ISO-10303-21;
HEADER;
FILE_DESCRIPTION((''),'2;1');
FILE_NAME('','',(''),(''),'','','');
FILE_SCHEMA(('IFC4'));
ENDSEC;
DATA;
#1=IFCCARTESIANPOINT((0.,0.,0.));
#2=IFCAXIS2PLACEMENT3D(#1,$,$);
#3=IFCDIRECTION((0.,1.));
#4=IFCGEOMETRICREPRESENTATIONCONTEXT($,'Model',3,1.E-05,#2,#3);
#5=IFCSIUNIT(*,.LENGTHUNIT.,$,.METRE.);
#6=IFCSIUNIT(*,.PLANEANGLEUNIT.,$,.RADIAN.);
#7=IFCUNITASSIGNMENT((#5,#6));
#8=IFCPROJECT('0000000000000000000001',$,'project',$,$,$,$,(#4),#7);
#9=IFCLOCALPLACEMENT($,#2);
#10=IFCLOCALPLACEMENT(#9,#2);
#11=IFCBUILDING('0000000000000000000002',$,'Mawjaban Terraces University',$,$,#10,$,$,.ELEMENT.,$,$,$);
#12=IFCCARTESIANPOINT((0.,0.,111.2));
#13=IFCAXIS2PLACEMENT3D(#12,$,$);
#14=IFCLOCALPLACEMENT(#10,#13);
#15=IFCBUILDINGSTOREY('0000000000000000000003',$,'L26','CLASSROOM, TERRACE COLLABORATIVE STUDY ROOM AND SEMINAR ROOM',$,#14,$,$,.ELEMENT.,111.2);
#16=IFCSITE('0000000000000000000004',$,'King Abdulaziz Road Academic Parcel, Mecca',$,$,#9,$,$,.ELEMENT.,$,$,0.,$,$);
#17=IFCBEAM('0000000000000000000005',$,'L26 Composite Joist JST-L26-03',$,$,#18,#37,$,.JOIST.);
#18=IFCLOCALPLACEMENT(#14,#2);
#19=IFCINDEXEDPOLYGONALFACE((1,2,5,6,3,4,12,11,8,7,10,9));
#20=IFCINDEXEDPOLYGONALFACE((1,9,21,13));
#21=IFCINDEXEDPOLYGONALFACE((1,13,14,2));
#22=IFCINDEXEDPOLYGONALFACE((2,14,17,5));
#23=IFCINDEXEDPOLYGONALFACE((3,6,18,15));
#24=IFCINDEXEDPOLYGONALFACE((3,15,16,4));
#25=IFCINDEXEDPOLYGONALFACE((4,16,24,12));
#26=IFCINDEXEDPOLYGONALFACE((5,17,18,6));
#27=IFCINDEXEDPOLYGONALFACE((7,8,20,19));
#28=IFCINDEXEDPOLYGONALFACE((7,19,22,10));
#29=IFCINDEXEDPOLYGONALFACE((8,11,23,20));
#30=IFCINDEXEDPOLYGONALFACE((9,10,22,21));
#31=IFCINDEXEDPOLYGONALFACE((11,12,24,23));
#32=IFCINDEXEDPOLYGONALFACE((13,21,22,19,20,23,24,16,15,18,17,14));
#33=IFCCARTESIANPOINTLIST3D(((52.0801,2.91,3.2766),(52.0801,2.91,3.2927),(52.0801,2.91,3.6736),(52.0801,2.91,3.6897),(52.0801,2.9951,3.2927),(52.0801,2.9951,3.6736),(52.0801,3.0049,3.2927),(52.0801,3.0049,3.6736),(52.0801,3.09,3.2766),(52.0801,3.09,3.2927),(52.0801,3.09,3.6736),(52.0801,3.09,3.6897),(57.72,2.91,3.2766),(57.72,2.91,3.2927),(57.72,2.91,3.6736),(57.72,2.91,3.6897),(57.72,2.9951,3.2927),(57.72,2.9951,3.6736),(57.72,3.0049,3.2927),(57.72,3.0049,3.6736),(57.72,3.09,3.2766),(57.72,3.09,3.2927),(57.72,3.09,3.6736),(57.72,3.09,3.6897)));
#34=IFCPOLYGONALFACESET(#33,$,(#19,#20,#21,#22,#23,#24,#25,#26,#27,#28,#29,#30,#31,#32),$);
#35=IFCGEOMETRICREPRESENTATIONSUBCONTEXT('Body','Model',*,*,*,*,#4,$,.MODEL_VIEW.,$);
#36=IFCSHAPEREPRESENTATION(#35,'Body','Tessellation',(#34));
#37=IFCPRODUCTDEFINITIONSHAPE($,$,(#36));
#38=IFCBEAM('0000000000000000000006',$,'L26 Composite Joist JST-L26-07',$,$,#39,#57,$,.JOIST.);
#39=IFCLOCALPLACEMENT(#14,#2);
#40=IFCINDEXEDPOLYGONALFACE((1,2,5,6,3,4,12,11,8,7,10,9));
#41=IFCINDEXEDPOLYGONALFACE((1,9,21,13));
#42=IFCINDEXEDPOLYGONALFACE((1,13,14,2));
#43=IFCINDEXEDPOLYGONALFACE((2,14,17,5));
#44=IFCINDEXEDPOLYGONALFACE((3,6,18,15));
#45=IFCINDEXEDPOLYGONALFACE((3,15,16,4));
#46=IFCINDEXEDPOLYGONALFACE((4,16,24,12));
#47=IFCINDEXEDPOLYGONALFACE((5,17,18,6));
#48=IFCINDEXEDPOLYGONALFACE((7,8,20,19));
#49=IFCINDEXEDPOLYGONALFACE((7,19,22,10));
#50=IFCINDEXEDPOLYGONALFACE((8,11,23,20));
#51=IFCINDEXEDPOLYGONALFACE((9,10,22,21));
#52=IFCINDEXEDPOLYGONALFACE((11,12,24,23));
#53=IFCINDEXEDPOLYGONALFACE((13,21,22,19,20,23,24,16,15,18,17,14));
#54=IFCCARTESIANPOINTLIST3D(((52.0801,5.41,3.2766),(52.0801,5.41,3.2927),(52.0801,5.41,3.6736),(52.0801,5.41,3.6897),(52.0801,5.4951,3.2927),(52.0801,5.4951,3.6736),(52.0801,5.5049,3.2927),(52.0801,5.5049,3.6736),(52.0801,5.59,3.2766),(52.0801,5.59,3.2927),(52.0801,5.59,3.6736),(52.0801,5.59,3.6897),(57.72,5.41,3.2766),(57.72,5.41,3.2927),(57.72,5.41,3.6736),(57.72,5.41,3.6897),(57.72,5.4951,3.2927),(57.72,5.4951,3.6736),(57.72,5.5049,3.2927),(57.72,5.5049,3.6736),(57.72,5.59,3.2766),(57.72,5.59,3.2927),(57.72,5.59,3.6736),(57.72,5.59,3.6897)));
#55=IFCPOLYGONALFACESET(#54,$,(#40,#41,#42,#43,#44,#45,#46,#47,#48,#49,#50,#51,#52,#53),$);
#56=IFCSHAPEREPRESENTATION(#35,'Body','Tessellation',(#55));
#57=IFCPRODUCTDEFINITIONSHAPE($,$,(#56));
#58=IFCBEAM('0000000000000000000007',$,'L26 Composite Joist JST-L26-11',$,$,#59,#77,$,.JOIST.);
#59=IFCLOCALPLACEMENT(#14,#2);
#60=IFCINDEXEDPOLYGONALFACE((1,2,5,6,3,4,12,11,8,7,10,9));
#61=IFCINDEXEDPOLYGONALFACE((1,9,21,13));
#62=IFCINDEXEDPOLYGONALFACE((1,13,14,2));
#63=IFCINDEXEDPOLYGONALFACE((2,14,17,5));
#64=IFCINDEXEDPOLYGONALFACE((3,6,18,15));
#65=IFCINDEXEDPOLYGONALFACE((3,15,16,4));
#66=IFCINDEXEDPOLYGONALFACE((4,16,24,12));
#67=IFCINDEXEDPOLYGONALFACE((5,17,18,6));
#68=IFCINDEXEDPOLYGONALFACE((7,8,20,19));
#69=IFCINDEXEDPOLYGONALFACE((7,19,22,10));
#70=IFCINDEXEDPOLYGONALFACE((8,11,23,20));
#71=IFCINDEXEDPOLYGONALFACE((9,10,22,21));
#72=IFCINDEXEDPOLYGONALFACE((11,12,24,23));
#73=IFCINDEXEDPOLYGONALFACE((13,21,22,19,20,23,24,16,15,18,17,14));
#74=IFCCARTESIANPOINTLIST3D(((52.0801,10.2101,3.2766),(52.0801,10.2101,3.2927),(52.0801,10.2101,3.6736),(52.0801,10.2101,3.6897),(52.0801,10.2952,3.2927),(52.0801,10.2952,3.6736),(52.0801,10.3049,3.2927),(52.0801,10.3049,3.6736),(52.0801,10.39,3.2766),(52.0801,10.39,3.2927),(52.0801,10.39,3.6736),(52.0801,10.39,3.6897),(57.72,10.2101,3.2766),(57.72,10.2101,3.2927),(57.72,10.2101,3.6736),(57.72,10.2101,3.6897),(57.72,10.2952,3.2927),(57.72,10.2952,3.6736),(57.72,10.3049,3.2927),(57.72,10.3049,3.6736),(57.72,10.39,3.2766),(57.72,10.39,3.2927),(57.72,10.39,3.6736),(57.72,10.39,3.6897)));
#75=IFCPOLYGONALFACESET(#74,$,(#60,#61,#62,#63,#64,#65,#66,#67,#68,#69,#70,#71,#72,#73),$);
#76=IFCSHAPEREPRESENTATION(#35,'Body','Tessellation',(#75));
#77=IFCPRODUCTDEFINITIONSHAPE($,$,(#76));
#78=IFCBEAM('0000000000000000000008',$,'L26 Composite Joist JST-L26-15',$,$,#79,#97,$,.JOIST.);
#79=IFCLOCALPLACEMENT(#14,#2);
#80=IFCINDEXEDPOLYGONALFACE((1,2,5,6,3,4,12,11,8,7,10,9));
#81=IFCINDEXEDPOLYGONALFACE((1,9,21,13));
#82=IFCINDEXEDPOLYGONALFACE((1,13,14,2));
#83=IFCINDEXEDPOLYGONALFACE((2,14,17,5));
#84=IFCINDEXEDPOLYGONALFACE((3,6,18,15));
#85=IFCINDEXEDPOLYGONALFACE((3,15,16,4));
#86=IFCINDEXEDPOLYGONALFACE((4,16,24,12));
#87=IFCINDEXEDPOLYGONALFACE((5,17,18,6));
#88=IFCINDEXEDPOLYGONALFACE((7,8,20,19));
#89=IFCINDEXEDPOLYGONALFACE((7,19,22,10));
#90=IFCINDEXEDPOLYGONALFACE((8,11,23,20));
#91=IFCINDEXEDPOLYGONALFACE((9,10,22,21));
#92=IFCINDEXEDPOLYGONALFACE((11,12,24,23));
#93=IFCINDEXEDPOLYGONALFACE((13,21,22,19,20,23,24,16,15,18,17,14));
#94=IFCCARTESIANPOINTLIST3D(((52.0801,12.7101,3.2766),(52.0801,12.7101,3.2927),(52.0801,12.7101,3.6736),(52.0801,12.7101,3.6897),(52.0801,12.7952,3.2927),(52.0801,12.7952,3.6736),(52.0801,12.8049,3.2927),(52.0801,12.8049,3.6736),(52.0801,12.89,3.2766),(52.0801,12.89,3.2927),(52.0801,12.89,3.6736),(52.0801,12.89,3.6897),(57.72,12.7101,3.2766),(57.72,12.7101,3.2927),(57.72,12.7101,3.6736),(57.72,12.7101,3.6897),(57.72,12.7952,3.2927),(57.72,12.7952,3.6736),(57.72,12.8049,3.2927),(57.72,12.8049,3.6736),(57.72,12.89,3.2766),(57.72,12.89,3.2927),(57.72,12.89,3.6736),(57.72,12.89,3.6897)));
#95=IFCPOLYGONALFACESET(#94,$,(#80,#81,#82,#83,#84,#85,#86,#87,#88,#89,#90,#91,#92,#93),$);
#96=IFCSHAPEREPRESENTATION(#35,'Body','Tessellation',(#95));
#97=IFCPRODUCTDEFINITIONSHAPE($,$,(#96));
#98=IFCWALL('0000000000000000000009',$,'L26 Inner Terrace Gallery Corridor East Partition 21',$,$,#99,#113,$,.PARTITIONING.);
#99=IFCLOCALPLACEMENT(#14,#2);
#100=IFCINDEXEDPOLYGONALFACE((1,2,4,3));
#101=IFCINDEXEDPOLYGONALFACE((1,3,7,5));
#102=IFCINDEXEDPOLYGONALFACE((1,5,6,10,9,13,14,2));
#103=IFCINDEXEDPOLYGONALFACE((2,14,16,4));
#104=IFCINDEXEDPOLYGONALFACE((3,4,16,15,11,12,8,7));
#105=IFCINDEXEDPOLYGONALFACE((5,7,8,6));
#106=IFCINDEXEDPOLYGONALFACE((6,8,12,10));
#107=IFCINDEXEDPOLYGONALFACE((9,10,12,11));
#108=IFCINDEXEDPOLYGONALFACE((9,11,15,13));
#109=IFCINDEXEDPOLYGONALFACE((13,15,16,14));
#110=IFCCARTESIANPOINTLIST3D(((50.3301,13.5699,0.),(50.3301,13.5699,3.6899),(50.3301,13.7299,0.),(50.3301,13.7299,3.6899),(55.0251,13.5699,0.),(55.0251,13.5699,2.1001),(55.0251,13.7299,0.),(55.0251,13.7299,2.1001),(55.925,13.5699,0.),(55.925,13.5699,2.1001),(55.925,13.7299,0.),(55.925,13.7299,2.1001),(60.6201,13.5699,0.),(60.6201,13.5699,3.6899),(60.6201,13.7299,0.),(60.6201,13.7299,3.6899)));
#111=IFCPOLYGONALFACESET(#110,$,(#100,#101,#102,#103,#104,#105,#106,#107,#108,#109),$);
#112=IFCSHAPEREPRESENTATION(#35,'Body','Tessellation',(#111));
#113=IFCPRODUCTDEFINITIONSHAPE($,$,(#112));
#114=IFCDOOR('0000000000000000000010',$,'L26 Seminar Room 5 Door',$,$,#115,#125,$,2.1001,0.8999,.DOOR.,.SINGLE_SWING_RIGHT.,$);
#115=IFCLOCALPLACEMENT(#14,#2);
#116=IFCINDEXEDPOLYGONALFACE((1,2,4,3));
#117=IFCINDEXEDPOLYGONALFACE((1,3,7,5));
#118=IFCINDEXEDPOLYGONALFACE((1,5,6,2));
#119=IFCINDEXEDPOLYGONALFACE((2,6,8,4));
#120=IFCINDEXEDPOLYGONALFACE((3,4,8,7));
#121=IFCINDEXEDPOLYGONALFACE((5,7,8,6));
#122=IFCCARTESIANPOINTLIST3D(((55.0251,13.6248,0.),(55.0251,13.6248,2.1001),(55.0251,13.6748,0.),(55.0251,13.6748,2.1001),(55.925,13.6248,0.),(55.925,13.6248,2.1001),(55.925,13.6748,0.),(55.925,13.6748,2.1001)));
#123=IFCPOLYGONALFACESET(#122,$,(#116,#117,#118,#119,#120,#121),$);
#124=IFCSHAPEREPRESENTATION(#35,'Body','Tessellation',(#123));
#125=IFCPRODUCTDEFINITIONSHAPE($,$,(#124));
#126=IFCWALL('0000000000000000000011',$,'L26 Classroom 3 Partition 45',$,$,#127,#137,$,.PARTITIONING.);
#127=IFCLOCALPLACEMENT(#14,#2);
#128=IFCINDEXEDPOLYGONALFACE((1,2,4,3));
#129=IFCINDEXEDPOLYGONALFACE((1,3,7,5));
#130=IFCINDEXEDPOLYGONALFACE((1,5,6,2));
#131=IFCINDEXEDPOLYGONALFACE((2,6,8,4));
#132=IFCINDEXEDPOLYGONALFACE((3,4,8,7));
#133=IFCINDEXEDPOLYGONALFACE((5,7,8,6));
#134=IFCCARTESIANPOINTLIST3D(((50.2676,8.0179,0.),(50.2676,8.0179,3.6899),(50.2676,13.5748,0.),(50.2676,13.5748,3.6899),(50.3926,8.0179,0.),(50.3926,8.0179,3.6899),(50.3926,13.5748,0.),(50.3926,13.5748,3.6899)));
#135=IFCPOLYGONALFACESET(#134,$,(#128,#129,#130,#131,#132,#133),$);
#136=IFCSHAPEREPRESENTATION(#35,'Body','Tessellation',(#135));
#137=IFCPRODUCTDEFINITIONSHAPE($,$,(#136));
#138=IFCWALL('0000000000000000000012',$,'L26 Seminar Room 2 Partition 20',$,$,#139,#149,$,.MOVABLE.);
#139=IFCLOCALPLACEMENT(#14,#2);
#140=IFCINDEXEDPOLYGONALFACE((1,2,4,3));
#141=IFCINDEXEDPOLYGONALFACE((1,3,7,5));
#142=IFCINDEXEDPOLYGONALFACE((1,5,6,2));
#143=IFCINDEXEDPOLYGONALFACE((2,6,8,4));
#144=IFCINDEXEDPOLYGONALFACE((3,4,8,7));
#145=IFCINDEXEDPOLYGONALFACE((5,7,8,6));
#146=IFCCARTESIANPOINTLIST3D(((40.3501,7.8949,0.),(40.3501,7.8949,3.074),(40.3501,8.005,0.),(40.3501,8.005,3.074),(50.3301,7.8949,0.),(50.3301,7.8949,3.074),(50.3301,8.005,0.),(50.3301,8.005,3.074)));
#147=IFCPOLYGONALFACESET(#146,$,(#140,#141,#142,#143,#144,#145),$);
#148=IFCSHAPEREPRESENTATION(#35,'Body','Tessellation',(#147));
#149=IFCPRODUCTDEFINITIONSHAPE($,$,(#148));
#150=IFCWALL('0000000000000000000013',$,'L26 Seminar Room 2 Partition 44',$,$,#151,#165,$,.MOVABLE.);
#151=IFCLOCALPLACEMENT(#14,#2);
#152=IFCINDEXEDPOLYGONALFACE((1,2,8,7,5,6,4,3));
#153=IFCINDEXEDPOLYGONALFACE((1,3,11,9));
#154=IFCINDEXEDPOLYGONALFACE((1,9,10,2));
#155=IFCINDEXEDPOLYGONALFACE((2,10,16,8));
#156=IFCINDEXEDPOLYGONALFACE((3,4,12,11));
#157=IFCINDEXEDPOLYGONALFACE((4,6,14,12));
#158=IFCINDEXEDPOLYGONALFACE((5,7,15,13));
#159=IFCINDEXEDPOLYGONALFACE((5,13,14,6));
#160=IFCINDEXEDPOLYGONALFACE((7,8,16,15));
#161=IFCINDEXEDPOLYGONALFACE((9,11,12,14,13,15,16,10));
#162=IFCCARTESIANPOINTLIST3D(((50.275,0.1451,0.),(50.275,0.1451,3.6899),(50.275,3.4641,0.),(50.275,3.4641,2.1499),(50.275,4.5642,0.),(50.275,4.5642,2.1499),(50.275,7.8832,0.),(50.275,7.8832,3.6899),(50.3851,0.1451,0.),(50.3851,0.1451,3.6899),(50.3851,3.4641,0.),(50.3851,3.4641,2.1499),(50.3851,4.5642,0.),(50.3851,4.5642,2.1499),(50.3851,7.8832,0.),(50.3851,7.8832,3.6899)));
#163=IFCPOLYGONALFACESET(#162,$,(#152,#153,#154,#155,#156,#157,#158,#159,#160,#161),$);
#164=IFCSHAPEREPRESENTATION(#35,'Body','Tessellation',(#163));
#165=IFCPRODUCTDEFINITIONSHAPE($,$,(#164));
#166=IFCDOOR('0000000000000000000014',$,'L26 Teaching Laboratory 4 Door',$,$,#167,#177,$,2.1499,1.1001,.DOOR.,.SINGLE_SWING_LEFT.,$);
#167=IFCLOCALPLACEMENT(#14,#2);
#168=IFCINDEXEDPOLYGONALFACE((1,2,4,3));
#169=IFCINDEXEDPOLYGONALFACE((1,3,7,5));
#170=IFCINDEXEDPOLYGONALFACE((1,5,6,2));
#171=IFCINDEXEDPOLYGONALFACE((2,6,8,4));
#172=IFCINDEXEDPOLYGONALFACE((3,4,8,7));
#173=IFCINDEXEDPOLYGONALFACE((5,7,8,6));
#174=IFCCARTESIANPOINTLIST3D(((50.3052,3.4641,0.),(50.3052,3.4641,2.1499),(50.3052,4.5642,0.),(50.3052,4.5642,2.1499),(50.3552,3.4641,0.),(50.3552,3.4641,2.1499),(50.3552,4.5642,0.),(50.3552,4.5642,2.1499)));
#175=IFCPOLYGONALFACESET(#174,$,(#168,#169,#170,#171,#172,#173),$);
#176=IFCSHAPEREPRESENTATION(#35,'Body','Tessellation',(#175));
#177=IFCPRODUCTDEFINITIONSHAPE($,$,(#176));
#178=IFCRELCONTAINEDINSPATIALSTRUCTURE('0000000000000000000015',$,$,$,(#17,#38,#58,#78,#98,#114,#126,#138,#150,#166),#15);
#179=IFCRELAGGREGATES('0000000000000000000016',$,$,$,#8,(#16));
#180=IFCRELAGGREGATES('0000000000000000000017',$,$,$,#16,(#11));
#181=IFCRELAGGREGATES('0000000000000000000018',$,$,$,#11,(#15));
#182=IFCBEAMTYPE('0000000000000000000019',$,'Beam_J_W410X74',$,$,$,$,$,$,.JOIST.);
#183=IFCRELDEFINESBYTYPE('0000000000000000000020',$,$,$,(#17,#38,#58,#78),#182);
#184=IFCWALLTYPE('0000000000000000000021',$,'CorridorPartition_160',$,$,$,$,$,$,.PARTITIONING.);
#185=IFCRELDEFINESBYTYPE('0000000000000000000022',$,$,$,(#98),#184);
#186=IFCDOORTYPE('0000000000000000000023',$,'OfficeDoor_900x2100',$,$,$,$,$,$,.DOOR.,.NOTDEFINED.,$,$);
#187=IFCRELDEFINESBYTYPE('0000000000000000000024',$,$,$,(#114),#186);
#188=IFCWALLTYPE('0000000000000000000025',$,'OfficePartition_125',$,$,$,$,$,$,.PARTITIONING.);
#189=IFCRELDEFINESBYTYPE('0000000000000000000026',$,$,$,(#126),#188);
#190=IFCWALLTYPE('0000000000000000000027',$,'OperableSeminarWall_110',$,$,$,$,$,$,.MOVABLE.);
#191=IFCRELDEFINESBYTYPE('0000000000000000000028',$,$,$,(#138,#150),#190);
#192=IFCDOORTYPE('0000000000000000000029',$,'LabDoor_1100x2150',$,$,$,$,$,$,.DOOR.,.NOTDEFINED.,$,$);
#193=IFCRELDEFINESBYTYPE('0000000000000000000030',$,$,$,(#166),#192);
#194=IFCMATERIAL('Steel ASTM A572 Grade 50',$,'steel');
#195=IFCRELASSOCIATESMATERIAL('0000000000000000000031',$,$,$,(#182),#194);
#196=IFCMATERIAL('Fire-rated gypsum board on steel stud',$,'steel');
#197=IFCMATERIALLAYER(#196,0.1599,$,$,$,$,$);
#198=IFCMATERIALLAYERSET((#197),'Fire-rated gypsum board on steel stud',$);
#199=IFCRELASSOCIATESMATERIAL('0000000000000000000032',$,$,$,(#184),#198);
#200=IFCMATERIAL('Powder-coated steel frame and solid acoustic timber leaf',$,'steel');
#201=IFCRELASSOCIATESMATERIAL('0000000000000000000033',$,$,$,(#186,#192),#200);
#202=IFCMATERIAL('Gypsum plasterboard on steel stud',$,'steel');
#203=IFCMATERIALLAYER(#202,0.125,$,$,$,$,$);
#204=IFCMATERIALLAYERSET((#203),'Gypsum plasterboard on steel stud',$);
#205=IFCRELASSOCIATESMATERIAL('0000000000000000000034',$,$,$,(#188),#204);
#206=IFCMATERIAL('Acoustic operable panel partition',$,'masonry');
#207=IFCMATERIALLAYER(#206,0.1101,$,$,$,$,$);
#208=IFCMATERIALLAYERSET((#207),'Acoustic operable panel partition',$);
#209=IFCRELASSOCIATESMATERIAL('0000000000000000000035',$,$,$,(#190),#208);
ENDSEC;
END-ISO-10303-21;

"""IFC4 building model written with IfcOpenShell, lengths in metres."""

from ifc_helpers import new_model, si_unit, direction, frame, frame_2d, origin, origin_2d, place, context, subcontext, project, spatial, rectangle, i_section, extrude, material, layer, layer_set, material_profile, profile_set, type_object, element, fill, save


model = new_model("IFC4")

# Units and contexts
model_context = context("Model", 3, precision=1e-05, world=origin(), true_north=direction((0.0, 1.0)))
body_context = subcontext(model_context, "Body", "Model", "MODEL_VIEW")
ifc_project = project(units=[si_unit("LENGTHUNIT", "METRE"), si_unit("PLANEANGLEUNIT", "RADIAN")], contexts=[model_context])

# Site, building, storey
site_placement = place(None, origin())
site = spatial("IfcSite", under=ifc_project, at=site_placement, Name="King Abdulaziz Road Academic Parcel, Mecca", CompositionType="ELEMENT", RefElevation=0.0)
building_placement = place(site_placement, origin())
building = spatial("IfcBuilding", under=site, at=building_placement, Name="Mawjaban Terraces University", CompositionType="ELEMENT")
storey_placement = place(building_placement, frame((0.0, 0.0, 111.2)))
storey = spatial("IfcBuildingStorey", under=building, at=storey_placement, Name="L26", Description="CLASSROOM, TERRACE COLLABORATIVE STUDY ROOM AND SEMINAR ROOM", CompositionType="ELEMENT", Elevation=111.2)

# Beams
ifc_material_1 = material(Name="Steel ASTM A572 Grade 50", Category="steel")
ifc_material_profile_1 = material_profile(ifc_material_1, i_section(OverallWidth=0.1799, OverallDepth=0.4131, WebThickness=0.0098, FlangeThickness=0.0161, at=origin_2d()), Name="W410X74")
ifc_profile_set_1 = profile_set([ifc_material_profile_1], Name="Steel ASTM A572 Grade 50")
beam_type_1 = type_object("IfcBeamType", Name="Beam_J_W410X74", PredefinedType="JOIST", material=ifc_profile_set_1)
for number, where, z_axis, x_axis, name in (
    (1, (52.0801, 3.0, 3.4832), (1.0, 0.0, 0.0), (0.0, 1.0, 0.0), "L26 Composite Joist JST-L26-03"),
    (2, (52.0801, 5.5, 3.4832), (1.0, 0.0, 0.0), (0.0, 1.0, 0.0), "L26 Composite Joist JST-L26-07"),
    (3, (52.0801, 10.3, 3.4832), (1.0, 0.0, 0.0), (0.0, 1.0, 0.0), "L26 Composite Joist JST-L26-11"),
    (4, (52.0801, 12.8, 3.4832), (1.0, 0.0, 0.0), (0.0, 1.0, 0.0), "L26 Composite Joist JST-L26-15"),
):
    element("IfcBeam", number, at=place(storey_placement, frame(where, z_axis=z_axis, x_axis=x_axis)), inside=storey, type_object=beam_type_1, Name=name, PredefinedType="JOIST", context=body_context, shape_type="SweptSolid", body=[
        extrude(i_section(OverallWidth=0.1799, OverallDepth=0.4131, WebThickness=0.0098, FlangeThickness=0.0161, at=origin_2d()), origin(), (0.0, 0.0, 1.0), 5.6399),
    ])

# Wall, opening, door
ifc_material_2 = material(Name="Fire-rated gypsum board on steel stud", Category="steel")
ifc_layer_1 = layer(ifc_material_2, 0.1599)
ifc_layer_set_1 = layer_set([ifc_layer_1], Name="Fire-rated gypsum board on steel stud")
wall_type_1 = type_object("IfcWallType", Name="CorridorPartition_160", PredefinedType="PARTITIONING", material=ifc_layer_set_1)
wall_1_placement = place(storey_placement, frame((50.3301, 13.6499, 0.0), z_axis=(0.0, 0.0, 1.0), x_axis=(1.0, 0.0, 0.0)))
wall_1 = element("IfcWall", 5, at=wall_1_placement, inside=storey, type_object=wall_type_1, Name="L26 Inner Terrace Gallery Corridor East Partition 21", PredefinedType="PARTITIONING", context=body_context, shape_type="SweptSolid", body=[
    extrude(rectangle(XDim=10.29, YDim=0.1599, at=frame_2d((5.145, 0.0))), origin(), (0.0, 0.0, 1.0), 3.6899),
])
opening_1_placement = place(wall_1_placement, frame((4.6951, 0.0, 0.0)))
opening_1 = element("IfcOpeningElement", 6, at=opening_1_placement, cuts=wall_1, PredefinedType="OPENING", context=body_context, shape_type="SweptSolid", body=[
    extrude(rectangle(XDim=0.8999, YDim=2.1001, at=frame_2d((0.45, 1.05))), frame((0.0, 0.0898, 0.0), z_axis=(0.0, -1.0, 0.0), x_axis=(1.0, 0.0, 0.0)), (0.0, 0.0, 1.0), 0.1799),
])
ifc_material_3 = material(Name="Powder-coated steel frame and solid acoustic timber leaf", Category="steel")
door_type_1 = type_object("IfcDoorType", Name="OfficeDoor_900x2100", OperationType="NOTDEFINED", PredefinedType="DOOR", material=ifc_material_3)
door_1_placement = place(opening_1_placement, origin())
door_1 = element("IfcDoor", 7, at=door_1_placement, inside=storey, type_object=door_type_1, Name="L26 Seminar Room 5 Door", OperationType="SINGLE_SWING_RIGHT", OverallHeight=2.1001, OverallWidth=0.8999, PredefinedType="DOOR", context=body_context, shape_type="SweptSolid", body=[
    extrude(rectangle(XDim=0.8999, YDim=2.1001, at=frame_2d((0.45, 1.05))), frame((0.0, 0.0249, 0.0), z_axis=(0.0, -1.0, 0.0), x_axis=(1.0, 0.0, 0.0)), (0.0, 0.0, 1.0), 0.05),
])
fill(opening_1, door_1)

# Walls
ifc_material_4 = material(Name="Gypsum plasterboard on steel stud", Category="steel")
ifc_layer_2 = layer(ifc_material_4, 0.125)
ifc_layer_set_2 = layer_set([ifc_layer_2], Name="Gypsum plasterboard on steel stud")
wall_type_2 = type_object("IfcWallType", Name="OfficePartition_125", PredefinedType="PARTITIONING", material=ifc_layer_set_2)
wall_2_placement = place(storey_placement, frame((50.3301, 8.0181, 0.0), z_axis=(0.0, 0.0, 1.0), x_axis=(0.0, 1.0, 0.0)))
element("IfcWall", 8, at=wall_2_placement, inside=storey, type_object=wall_type_2, Name="L26 Classroom 3 Partition 45", PredefinedType="PARTITIONING", context=body_context, shape_type="SweptSolid", body=[
    extrude(rectangle(XDim=5.5569, YDim=0.125, at=frame_2d((2.7783, 0.0))), origin(), (0.0, 0.0, 1.0), 3.6899),
])
ifc_material_5 = material(Name="Acoustic operable panel partition", Category="masonry")
ifc_layer_3 = layer(ifc_material_5, 0.1101)
ifc_layer_set_3 = layer_set([ifc_layer_3], Name="Acoustic operable panel partition")
wall_type_3 = type_object("IfcWallType", Name="OperableSeminarWall_110", PredefinedType="MOVABLE", material=ifc_layer_set_3)
wall_3_placement = place(storey_placement, frame((50.3301, 7.95, 0.0), z_axis=(0.0, 0.0, 1.0), x_axis=(-1.0, 0.0, 0.0)))
element("IfcWall", 9, at=wall_3_placement, inside=storey, type_object=wall_type_3, Name="L26 Seminar Room 2 Partition 20", PredefinedType="MOVABLE", context=body_context, shape_type="SweptSolid", body=[
    extrude(rectangle(XDim=9.98, YDim=0.1101, at=frame_2d((4.99, 0.0))), origin(), (0.0, 0.0, 1.0), 3.074),
])

# Wall, opening, door
wall_4_placement = place(storey_placement, frame((50.3301, 0.145, 0.0), z_axis=(0.0, 0.0, 1.0), x_axis=(0.0, 1.0, 0.0)))
wall_4 = element("IfcWall", 10, at=wall_4_placement, inside=storey, type_object=wall_type_3, Name="L26 Seminar Room 2 Partition 44", PredefinedType="MOVABLE", context=body_context, shape_type="SweptSolid", body=[
    extrude(rectangle(XDim=7.738, YDim=0.1101, at=frame_2d((3.8691, 0.0))), origin(), (0.0, 0.0, 1.0), 3.6899),
])
opening_2_placement = place(wall_4_placement, frame((3.3191, 0.0, 0.0)))
opening_2 = element("IfcOpeningElement", 11, at=opening_2_placement, cuts=wall_4, PredefinedType="OPENING", context=body_context, shape_type="SweptSolid", body=[
    extrude(rectangle(XDim=1.1001, YDim=2.1499, at=frame_2d((0.55, 1.075))), frame((0.0, 0.0649, 0.0), z_axis=(0.0, -1.0, 0.0), x_axis=(1.0, 0.0, 0.0)), (0.0, 0.0, 1.0), 0.1301),
])
door_type_2 = type_object("IfcDoorType", Name="LabDoor_1100x2150", OperationType="NOTDEFINED", PredefinedType="DOOR", material=ifc_material_3)
door_2_placement = place(opening_2_placement, origin())
door_2 = element("IfcDoor", 12, at=door_2_placement, inside=storey, type_object=door_type_2, Name="L26 Teaching Laboratory 4 Door", OperationType="SINGLE_SWING_LEFT", OverallHeight=2.1499, OverallWidth=1.1001, PredefinedType="DOOR", context=body_context, shape_type="SweptSolid", body=[
    extrude(rectangle(XDim=1.1001, YDim=2.1499, at=frame_2d((0.55, 1.075))), frame((0.0, 0.0249, 0.0), z_axis=(0.0, -1.0, 0.0), x_axis=(1.0, 0.0, 0.0)), (0.0, 0.0, 1.0), 0.05),
])
fill(opening_2, door_2)

save(model, "model.ifc")
